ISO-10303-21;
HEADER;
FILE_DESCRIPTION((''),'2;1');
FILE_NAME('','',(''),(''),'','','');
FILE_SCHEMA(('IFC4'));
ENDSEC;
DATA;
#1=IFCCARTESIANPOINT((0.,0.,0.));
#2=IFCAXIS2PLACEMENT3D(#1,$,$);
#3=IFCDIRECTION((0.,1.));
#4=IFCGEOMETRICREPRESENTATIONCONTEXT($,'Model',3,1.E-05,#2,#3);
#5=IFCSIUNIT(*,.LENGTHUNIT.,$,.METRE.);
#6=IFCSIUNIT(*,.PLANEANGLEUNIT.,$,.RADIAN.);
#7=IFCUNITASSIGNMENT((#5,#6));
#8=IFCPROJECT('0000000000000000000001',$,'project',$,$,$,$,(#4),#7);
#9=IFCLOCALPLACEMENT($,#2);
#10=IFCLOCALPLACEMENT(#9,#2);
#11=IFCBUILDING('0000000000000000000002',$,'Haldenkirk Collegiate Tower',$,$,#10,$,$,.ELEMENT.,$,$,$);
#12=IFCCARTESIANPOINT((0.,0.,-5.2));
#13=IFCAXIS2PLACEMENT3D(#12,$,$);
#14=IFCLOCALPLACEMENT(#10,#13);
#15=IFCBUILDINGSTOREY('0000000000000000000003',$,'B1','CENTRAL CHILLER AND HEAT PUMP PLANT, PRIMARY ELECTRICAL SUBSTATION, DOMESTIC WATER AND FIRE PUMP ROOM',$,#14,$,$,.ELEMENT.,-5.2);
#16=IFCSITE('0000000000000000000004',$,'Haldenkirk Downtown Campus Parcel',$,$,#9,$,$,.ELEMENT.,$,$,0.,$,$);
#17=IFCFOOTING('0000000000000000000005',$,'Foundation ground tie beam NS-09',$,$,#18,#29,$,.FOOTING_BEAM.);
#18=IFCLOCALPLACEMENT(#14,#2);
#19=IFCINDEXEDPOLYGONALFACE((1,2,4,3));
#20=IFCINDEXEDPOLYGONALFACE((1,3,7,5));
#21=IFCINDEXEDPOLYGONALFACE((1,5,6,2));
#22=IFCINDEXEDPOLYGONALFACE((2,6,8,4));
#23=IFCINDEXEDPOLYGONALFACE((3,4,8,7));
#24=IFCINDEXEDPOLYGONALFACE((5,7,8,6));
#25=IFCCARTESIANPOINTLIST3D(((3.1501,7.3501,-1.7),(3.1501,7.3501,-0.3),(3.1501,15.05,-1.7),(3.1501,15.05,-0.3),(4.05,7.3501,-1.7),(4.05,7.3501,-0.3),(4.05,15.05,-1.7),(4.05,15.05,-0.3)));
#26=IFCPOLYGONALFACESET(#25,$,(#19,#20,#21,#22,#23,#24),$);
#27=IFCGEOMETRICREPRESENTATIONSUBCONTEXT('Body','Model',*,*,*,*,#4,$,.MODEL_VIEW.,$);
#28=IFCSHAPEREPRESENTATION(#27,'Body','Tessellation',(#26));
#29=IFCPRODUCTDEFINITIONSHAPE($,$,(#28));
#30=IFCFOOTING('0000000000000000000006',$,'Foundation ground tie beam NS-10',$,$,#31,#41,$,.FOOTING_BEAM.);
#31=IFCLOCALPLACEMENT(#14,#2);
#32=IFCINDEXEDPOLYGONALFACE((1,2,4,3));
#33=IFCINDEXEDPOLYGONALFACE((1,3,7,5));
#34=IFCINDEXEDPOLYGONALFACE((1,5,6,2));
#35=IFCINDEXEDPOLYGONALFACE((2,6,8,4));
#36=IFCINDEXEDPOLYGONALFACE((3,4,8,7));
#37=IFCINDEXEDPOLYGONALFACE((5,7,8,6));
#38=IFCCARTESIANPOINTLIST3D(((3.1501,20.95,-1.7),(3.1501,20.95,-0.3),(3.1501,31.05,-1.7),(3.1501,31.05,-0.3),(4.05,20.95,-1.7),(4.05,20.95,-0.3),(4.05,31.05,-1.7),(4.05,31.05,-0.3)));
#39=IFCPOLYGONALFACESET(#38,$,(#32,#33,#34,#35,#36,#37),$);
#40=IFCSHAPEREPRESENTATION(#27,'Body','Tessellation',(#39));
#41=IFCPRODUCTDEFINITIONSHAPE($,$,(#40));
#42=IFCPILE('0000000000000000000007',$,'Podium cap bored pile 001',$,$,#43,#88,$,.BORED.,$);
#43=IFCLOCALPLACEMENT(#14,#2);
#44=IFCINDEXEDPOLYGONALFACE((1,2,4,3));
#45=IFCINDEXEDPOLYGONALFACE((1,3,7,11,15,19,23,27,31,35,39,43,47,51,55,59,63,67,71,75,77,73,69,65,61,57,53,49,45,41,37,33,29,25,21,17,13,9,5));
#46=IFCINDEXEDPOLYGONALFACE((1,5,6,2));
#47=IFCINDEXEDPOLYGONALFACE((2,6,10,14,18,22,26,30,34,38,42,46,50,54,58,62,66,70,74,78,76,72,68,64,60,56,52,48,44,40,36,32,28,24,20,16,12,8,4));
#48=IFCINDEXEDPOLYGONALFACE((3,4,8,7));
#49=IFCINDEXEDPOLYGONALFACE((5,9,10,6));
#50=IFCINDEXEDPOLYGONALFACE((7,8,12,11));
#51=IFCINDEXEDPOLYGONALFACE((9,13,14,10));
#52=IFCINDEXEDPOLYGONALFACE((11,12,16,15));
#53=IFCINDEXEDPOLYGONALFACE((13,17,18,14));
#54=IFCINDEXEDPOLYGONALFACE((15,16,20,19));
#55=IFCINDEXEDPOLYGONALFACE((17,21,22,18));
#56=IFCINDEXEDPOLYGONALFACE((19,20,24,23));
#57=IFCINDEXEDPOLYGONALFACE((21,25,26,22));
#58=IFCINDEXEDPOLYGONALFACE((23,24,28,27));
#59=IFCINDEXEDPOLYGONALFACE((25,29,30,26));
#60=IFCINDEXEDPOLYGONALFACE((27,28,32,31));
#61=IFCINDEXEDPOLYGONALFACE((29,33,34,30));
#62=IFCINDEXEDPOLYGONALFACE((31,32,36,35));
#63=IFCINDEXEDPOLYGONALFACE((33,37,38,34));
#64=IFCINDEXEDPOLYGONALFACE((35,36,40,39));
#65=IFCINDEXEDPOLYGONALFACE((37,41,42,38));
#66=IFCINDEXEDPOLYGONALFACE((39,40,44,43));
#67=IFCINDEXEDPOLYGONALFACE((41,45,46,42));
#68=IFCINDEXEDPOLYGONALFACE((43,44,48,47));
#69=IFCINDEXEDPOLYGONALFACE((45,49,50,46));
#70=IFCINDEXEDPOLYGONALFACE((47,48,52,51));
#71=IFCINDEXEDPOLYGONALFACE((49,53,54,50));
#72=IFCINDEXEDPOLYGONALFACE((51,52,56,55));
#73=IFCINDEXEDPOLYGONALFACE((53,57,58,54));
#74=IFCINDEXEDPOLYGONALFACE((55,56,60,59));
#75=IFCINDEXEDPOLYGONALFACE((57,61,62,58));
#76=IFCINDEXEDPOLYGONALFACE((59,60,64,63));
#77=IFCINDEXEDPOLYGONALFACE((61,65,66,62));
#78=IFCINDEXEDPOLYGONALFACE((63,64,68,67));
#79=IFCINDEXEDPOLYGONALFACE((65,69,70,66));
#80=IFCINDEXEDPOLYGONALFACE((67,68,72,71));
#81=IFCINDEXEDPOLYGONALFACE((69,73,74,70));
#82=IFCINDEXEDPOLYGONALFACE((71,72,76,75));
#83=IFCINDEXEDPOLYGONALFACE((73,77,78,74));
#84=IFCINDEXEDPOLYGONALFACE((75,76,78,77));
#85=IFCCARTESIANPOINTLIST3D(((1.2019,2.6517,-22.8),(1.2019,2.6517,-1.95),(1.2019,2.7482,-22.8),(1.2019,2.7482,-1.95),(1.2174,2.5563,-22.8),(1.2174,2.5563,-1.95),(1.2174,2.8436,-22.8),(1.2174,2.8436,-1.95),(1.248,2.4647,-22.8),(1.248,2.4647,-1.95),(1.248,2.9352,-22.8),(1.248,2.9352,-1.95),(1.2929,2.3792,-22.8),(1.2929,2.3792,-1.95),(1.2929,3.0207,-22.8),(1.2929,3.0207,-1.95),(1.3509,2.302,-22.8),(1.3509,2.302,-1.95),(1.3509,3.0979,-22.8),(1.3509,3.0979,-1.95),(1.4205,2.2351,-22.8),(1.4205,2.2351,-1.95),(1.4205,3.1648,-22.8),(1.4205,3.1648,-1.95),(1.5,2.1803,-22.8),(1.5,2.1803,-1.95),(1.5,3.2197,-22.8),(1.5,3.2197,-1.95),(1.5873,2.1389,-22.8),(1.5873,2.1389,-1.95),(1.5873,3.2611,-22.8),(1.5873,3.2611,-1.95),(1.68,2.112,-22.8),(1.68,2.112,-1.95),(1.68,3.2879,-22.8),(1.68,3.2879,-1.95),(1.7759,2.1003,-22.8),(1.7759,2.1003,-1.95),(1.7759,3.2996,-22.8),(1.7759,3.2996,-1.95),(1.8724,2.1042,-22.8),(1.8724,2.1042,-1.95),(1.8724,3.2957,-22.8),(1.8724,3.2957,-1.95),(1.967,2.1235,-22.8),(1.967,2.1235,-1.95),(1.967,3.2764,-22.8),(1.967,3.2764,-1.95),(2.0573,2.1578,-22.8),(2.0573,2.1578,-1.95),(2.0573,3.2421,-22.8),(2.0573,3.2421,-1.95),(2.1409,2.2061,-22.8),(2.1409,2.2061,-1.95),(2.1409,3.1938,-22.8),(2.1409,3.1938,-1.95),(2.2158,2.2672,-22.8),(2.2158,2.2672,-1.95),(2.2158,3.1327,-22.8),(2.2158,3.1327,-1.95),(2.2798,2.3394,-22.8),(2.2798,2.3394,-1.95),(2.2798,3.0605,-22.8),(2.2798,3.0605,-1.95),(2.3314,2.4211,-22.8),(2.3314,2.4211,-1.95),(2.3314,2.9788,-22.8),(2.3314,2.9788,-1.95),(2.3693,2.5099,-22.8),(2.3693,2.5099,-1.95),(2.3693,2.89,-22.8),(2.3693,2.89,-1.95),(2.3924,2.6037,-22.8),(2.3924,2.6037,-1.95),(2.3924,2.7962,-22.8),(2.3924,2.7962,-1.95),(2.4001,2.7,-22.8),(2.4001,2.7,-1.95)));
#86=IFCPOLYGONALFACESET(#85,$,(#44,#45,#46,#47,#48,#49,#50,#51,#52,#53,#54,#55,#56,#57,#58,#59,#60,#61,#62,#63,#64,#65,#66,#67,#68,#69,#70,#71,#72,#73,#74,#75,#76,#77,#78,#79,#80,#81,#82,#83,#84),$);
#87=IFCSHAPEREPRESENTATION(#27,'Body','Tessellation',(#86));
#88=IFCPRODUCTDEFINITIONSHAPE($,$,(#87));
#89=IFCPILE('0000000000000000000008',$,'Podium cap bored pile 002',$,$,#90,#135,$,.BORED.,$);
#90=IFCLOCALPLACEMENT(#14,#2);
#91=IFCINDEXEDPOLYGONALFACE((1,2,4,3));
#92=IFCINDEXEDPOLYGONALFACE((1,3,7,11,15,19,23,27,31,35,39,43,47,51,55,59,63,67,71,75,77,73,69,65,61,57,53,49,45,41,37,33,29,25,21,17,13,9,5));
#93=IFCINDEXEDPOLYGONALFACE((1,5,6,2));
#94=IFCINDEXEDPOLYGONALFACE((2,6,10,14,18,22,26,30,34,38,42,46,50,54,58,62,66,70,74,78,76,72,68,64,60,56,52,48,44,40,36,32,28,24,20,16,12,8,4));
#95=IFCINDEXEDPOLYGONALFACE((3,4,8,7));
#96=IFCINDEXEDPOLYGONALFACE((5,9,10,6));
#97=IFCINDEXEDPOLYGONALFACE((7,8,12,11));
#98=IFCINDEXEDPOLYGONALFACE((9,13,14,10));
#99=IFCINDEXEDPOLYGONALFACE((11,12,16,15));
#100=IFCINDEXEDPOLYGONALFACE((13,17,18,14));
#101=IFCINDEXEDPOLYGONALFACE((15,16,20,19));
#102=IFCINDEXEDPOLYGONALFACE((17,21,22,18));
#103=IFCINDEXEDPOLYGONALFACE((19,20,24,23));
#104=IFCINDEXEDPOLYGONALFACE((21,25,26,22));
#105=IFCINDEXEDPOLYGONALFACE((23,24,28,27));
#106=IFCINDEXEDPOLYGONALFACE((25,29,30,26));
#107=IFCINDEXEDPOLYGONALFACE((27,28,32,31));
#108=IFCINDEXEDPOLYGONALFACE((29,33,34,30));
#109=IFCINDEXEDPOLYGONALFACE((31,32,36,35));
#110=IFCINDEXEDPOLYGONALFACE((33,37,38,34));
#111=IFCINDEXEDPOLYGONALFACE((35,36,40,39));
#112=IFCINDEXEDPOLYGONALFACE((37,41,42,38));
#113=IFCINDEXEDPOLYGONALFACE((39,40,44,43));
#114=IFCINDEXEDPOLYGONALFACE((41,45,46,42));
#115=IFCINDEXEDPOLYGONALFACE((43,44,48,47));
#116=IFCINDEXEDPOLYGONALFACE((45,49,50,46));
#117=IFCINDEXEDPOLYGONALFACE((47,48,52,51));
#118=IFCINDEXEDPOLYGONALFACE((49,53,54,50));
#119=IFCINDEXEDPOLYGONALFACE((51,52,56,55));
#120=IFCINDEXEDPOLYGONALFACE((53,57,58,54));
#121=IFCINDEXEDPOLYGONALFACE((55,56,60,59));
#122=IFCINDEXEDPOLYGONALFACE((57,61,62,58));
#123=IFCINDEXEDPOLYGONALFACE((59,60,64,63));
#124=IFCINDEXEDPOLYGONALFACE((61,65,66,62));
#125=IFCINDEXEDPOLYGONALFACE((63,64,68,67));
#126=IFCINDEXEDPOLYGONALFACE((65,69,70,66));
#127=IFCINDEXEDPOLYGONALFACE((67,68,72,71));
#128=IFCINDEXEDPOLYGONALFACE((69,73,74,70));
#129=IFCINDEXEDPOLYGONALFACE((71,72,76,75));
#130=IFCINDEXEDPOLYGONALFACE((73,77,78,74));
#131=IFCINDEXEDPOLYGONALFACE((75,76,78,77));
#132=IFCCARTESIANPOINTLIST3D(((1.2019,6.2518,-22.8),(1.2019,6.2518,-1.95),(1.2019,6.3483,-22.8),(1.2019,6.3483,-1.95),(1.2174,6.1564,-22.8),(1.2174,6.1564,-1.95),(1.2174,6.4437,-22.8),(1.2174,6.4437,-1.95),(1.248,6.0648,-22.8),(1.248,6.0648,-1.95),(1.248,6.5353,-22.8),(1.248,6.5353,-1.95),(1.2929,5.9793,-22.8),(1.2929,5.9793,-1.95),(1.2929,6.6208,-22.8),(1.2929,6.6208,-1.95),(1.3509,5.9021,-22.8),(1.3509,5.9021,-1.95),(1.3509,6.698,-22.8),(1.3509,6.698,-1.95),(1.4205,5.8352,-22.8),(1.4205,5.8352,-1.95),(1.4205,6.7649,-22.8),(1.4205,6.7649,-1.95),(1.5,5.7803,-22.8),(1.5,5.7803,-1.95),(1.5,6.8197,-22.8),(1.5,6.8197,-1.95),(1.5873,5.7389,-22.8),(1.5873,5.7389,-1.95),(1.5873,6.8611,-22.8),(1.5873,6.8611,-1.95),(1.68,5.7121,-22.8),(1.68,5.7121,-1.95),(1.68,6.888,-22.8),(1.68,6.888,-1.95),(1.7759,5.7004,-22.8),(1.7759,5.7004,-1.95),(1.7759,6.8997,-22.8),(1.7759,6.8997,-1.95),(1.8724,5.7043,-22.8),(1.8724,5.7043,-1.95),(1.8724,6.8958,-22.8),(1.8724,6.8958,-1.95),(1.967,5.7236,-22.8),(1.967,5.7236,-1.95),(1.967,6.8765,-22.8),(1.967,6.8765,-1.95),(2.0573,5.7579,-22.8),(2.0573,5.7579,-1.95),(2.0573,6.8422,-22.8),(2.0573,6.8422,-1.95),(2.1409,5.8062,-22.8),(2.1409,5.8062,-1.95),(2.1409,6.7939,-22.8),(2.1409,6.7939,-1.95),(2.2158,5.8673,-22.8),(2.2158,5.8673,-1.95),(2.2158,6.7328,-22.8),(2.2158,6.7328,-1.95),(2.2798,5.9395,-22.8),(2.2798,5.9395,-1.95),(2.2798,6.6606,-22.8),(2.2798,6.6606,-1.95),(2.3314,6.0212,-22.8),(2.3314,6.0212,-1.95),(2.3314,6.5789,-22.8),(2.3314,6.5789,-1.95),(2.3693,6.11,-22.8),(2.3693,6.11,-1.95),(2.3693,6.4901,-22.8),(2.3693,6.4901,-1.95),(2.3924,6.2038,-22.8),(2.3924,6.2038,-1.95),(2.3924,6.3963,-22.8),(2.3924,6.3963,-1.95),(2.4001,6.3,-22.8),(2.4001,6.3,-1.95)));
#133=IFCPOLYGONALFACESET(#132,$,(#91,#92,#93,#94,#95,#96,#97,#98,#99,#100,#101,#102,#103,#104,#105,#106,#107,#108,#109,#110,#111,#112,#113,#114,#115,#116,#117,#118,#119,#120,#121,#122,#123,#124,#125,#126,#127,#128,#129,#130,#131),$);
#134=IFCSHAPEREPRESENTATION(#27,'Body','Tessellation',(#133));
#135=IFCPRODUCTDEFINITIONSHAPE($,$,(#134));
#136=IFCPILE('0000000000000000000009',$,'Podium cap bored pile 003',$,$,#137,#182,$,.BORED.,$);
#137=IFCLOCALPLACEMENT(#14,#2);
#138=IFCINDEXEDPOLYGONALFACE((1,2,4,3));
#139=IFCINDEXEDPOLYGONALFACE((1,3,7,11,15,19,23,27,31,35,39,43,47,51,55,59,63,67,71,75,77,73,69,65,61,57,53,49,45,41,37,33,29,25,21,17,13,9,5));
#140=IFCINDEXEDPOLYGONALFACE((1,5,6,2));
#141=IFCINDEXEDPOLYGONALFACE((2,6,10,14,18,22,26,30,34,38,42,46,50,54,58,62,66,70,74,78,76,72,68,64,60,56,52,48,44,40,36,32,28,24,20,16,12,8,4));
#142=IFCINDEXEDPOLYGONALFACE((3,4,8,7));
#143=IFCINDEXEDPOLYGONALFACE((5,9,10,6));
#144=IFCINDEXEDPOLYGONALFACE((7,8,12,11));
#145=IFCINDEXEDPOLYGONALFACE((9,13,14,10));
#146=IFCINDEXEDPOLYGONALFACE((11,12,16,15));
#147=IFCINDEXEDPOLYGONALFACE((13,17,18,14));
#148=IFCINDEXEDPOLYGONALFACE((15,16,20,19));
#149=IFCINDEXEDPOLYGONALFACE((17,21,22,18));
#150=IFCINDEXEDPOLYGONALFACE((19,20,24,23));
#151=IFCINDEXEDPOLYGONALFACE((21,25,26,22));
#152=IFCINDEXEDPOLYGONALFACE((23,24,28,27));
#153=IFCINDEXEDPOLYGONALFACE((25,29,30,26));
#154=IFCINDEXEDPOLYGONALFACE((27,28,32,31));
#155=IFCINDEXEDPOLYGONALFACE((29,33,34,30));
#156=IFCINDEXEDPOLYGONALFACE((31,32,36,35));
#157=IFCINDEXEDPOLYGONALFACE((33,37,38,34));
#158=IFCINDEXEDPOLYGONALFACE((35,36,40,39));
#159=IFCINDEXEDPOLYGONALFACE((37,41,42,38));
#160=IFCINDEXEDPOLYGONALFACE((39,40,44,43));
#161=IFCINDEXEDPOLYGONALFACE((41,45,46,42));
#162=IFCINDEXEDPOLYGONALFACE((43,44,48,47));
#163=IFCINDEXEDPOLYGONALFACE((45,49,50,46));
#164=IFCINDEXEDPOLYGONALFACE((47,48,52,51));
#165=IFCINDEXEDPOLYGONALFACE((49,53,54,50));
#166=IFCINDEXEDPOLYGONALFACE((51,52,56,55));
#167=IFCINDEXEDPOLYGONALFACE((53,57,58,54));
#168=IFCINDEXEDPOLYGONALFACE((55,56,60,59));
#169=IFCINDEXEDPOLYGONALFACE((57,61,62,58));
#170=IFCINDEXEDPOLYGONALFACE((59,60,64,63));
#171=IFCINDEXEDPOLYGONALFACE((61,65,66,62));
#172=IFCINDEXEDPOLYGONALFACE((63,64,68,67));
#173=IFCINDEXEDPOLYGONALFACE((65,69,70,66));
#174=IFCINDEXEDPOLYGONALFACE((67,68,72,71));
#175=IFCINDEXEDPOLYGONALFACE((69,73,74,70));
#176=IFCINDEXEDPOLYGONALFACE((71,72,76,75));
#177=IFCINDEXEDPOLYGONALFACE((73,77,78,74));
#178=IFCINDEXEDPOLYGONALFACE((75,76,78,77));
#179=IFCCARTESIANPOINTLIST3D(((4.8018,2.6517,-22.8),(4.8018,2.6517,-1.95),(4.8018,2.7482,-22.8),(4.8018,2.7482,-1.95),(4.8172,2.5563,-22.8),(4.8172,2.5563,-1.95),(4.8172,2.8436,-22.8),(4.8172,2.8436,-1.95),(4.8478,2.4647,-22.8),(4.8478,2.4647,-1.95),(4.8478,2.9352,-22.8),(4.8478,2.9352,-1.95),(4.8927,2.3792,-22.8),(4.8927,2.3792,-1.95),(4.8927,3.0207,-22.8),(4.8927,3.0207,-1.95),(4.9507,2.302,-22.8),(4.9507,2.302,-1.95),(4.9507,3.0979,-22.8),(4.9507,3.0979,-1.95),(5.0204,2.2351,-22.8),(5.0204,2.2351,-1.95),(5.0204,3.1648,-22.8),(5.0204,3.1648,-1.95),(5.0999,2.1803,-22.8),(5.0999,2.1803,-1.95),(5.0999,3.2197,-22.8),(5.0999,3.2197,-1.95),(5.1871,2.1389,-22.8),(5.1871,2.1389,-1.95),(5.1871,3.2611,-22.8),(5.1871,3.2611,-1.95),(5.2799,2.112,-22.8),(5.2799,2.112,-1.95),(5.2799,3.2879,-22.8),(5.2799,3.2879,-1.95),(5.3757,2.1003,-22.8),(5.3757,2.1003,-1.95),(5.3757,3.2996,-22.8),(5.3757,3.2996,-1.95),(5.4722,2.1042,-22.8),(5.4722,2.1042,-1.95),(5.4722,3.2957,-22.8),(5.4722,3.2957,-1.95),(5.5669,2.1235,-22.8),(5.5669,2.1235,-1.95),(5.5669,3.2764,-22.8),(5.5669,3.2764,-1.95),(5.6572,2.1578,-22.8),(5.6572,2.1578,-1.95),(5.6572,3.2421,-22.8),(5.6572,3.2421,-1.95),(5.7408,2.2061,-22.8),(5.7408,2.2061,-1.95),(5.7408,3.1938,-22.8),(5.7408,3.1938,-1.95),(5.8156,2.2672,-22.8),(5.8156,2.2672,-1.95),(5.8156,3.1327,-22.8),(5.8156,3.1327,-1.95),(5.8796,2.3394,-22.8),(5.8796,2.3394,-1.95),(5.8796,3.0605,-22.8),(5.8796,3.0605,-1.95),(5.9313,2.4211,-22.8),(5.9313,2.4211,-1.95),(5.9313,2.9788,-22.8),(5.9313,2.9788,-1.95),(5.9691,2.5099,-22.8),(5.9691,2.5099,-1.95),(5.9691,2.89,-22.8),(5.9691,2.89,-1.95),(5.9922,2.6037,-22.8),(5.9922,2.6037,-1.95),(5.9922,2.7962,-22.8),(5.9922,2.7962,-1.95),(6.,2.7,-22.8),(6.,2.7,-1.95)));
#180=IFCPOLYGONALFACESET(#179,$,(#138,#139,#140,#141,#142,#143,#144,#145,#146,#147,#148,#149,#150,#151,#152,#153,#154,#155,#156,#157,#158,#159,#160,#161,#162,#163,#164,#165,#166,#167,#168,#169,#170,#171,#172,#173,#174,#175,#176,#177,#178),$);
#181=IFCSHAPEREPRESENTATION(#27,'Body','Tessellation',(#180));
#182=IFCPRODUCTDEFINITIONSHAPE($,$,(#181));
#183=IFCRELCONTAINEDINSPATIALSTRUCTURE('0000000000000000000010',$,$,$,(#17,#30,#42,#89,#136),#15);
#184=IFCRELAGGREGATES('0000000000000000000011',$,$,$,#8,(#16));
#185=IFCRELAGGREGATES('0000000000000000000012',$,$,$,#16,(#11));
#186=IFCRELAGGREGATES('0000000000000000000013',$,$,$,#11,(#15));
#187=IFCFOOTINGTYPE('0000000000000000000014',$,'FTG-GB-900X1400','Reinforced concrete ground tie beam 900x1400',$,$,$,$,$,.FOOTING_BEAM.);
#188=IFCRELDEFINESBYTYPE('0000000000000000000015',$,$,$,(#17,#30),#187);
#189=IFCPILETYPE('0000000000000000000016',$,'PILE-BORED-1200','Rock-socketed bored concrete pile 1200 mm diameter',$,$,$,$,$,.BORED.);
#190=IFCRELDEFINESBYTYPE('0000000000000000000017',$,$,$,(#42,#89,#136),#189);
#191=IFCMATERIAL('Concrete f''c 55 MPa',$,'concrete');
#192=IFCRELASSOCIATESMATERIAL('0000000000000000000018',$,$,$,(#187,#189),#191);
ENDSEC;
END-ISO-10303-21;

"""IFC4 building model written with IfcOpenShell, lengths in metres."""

from ifc_helpers import new_model, si_unit, direction, frame, origin, origin_2d, place, context, subcontext, project, spatial, rectangle, circle, extrude, material, material_profile, profile_set, type_object, element, save


model = new_model("IFC4")

# Units and contexts
model_context = context("Model", 3, precision=1e-05, world=origin(), true_north=direction((0.0, 1.0)))
body_context = subcontext(model_context, "Body", "Model", "MODEL_VIEW")
ifc_project = project(units=[si_unit("LENGTHUNIT", "METRE"), si_unit("PLANEANGLEUNIT", "RADIAN")], contexts=[model_context])

# Site, building, storey
site_placement = place(None, origin())
site = spatial("IfcSite", under=ifc_project, at=site_placement, Name="Haldenkirk Downtown Campus Parcel", CompositionType="ELEMENT", RefElevation=0.0)
building_placement = place(site_placement, origin())
building = spatial("IfcBuilding", under=site, at=building_placement, Name="Haldenkirk Collegiate Tower", CompositionType="ELEMENT")
storey_placement = place(building_placement, frame((0.0, 0.0, -5.2)))
storey = spatial("IfcBuildingStorey", under=building, at=storey_placement, Name="B1", Description="CENTRAL CHILLER AND HEAT PUMP PLANT, PRIMARY ELECTRICAL SUBSTATION, DOMESTIC WATER AND FIRE PUMP ROOM", CompositionType="ELEMENT", Elevation=-5.2)

# Footings
ifc_material_1 = material(Name="Concrete f'c 55 MPa", Category="concrete")
ifc_material_profile_1 = material_profile(ifc_material_1, rectangle(XDim=0.8999, YDim=1.3999, at=origin_2d()), Name="RCGB900X1400")
ifc_profile_set_1 = profile_set([ifc_material_profile_1], Name="Concrete f'c 55 MPa")
footing_type = type_object("IfcFootingType", Name="FTG-GB-900X1400", Description="Reinforced concrete ground tie beam 900x1400", PredefinedType="FOOTING_BEAM", material=ifc_profile_set_1)
footing_1_placement = place(storey_placement, frame((3.6001, 7.3501, -1.0), z_axis=(0.0, 1.0, 0.0), x_axis=(-1.0, 0.0, 0.0)))
element("IfcFooting", 1, at=footing_1_placement, inside=storey, type_object=footing_type, Name="Foundation ground tie beam NS-09", PredefinedType="FOOTING_BEAM", context=body_context, shape_type="SweptSolid", body=[
    extrude(rectangle(XDim=0.8999, YDim=1.3999, at=origin_2d()), origin(), (0.0, 0.0, 1.0), 7.7),
])
footing_2_placement = place(storey_placement, frame((3.6001, 20.95, -1.0), z_axis=(0.0, 1.0, 0.0), x_axis=(-1.0, 0.0, 0.0)))
element("IfcFooting", 2, at=footing_2_placement, inside=storey, type_object=footing_type, Name="Foundation ground tie beam NS-10", PredefinedType="FOOTING_BEAM", context=body_context, shape_type="SweptSolid", body=[
    extrude(rectangle(XDim=0.8999, YDim=1.3999, at=origin_2d()), origin(), (0.0, 0.0, 1.0), 10.1001),
])

# Piles
ifc_material_profile_2 = material_profile(ifc_material_1, circle(Radius=0.6001, at=origin_2d()), Name="PILE1200")
ifc_profile_set_2 = profile_set([ifc_material_profile_2], Name="Concrete f'c 55 MPa")
pile_type = type_object("IfcPileType", Name="PILE-BORED-1200", Description="Rock-socketed bored concrete pile 1200 mm diameter", PredefinedType="BORED", material=ifc_profile_set_2)
for number, where, z_axis, x_axis, name in (
    (3, (1.8, 2.7, -1.95), (0.0, 0.0, -1.0), (1.0, 0.0, 0.0), "Podium cap bored pile 001"),
    (4, (1.8, 6.3, -1.95), (0.0, 0.0, -1.0), (1.0, 0.0, 0.0), "Podium cap bored pile 002"),
    (5, (5.3999, 2.7, -1.95), (0.0, 0.0, -1.0), (1.0, 0.0, 0.0), "Podium cap bored pile 003"),
):
    element("IfcPile", number, at=place(storey_placement, frame(where, z_axis=z_axis, x_axis=x_axis)), inside=storey, type_object=pile_type, Name=name, PredefinedType="BORED", context=body_context, shape_type="SweptSolid", body=[
        extrude(circle(Radius=0.6001, at=origin_2d()), origin(), (0.0, 0.0, 1.0), 20.8501),
    ])

save(model, "model.ifc")
